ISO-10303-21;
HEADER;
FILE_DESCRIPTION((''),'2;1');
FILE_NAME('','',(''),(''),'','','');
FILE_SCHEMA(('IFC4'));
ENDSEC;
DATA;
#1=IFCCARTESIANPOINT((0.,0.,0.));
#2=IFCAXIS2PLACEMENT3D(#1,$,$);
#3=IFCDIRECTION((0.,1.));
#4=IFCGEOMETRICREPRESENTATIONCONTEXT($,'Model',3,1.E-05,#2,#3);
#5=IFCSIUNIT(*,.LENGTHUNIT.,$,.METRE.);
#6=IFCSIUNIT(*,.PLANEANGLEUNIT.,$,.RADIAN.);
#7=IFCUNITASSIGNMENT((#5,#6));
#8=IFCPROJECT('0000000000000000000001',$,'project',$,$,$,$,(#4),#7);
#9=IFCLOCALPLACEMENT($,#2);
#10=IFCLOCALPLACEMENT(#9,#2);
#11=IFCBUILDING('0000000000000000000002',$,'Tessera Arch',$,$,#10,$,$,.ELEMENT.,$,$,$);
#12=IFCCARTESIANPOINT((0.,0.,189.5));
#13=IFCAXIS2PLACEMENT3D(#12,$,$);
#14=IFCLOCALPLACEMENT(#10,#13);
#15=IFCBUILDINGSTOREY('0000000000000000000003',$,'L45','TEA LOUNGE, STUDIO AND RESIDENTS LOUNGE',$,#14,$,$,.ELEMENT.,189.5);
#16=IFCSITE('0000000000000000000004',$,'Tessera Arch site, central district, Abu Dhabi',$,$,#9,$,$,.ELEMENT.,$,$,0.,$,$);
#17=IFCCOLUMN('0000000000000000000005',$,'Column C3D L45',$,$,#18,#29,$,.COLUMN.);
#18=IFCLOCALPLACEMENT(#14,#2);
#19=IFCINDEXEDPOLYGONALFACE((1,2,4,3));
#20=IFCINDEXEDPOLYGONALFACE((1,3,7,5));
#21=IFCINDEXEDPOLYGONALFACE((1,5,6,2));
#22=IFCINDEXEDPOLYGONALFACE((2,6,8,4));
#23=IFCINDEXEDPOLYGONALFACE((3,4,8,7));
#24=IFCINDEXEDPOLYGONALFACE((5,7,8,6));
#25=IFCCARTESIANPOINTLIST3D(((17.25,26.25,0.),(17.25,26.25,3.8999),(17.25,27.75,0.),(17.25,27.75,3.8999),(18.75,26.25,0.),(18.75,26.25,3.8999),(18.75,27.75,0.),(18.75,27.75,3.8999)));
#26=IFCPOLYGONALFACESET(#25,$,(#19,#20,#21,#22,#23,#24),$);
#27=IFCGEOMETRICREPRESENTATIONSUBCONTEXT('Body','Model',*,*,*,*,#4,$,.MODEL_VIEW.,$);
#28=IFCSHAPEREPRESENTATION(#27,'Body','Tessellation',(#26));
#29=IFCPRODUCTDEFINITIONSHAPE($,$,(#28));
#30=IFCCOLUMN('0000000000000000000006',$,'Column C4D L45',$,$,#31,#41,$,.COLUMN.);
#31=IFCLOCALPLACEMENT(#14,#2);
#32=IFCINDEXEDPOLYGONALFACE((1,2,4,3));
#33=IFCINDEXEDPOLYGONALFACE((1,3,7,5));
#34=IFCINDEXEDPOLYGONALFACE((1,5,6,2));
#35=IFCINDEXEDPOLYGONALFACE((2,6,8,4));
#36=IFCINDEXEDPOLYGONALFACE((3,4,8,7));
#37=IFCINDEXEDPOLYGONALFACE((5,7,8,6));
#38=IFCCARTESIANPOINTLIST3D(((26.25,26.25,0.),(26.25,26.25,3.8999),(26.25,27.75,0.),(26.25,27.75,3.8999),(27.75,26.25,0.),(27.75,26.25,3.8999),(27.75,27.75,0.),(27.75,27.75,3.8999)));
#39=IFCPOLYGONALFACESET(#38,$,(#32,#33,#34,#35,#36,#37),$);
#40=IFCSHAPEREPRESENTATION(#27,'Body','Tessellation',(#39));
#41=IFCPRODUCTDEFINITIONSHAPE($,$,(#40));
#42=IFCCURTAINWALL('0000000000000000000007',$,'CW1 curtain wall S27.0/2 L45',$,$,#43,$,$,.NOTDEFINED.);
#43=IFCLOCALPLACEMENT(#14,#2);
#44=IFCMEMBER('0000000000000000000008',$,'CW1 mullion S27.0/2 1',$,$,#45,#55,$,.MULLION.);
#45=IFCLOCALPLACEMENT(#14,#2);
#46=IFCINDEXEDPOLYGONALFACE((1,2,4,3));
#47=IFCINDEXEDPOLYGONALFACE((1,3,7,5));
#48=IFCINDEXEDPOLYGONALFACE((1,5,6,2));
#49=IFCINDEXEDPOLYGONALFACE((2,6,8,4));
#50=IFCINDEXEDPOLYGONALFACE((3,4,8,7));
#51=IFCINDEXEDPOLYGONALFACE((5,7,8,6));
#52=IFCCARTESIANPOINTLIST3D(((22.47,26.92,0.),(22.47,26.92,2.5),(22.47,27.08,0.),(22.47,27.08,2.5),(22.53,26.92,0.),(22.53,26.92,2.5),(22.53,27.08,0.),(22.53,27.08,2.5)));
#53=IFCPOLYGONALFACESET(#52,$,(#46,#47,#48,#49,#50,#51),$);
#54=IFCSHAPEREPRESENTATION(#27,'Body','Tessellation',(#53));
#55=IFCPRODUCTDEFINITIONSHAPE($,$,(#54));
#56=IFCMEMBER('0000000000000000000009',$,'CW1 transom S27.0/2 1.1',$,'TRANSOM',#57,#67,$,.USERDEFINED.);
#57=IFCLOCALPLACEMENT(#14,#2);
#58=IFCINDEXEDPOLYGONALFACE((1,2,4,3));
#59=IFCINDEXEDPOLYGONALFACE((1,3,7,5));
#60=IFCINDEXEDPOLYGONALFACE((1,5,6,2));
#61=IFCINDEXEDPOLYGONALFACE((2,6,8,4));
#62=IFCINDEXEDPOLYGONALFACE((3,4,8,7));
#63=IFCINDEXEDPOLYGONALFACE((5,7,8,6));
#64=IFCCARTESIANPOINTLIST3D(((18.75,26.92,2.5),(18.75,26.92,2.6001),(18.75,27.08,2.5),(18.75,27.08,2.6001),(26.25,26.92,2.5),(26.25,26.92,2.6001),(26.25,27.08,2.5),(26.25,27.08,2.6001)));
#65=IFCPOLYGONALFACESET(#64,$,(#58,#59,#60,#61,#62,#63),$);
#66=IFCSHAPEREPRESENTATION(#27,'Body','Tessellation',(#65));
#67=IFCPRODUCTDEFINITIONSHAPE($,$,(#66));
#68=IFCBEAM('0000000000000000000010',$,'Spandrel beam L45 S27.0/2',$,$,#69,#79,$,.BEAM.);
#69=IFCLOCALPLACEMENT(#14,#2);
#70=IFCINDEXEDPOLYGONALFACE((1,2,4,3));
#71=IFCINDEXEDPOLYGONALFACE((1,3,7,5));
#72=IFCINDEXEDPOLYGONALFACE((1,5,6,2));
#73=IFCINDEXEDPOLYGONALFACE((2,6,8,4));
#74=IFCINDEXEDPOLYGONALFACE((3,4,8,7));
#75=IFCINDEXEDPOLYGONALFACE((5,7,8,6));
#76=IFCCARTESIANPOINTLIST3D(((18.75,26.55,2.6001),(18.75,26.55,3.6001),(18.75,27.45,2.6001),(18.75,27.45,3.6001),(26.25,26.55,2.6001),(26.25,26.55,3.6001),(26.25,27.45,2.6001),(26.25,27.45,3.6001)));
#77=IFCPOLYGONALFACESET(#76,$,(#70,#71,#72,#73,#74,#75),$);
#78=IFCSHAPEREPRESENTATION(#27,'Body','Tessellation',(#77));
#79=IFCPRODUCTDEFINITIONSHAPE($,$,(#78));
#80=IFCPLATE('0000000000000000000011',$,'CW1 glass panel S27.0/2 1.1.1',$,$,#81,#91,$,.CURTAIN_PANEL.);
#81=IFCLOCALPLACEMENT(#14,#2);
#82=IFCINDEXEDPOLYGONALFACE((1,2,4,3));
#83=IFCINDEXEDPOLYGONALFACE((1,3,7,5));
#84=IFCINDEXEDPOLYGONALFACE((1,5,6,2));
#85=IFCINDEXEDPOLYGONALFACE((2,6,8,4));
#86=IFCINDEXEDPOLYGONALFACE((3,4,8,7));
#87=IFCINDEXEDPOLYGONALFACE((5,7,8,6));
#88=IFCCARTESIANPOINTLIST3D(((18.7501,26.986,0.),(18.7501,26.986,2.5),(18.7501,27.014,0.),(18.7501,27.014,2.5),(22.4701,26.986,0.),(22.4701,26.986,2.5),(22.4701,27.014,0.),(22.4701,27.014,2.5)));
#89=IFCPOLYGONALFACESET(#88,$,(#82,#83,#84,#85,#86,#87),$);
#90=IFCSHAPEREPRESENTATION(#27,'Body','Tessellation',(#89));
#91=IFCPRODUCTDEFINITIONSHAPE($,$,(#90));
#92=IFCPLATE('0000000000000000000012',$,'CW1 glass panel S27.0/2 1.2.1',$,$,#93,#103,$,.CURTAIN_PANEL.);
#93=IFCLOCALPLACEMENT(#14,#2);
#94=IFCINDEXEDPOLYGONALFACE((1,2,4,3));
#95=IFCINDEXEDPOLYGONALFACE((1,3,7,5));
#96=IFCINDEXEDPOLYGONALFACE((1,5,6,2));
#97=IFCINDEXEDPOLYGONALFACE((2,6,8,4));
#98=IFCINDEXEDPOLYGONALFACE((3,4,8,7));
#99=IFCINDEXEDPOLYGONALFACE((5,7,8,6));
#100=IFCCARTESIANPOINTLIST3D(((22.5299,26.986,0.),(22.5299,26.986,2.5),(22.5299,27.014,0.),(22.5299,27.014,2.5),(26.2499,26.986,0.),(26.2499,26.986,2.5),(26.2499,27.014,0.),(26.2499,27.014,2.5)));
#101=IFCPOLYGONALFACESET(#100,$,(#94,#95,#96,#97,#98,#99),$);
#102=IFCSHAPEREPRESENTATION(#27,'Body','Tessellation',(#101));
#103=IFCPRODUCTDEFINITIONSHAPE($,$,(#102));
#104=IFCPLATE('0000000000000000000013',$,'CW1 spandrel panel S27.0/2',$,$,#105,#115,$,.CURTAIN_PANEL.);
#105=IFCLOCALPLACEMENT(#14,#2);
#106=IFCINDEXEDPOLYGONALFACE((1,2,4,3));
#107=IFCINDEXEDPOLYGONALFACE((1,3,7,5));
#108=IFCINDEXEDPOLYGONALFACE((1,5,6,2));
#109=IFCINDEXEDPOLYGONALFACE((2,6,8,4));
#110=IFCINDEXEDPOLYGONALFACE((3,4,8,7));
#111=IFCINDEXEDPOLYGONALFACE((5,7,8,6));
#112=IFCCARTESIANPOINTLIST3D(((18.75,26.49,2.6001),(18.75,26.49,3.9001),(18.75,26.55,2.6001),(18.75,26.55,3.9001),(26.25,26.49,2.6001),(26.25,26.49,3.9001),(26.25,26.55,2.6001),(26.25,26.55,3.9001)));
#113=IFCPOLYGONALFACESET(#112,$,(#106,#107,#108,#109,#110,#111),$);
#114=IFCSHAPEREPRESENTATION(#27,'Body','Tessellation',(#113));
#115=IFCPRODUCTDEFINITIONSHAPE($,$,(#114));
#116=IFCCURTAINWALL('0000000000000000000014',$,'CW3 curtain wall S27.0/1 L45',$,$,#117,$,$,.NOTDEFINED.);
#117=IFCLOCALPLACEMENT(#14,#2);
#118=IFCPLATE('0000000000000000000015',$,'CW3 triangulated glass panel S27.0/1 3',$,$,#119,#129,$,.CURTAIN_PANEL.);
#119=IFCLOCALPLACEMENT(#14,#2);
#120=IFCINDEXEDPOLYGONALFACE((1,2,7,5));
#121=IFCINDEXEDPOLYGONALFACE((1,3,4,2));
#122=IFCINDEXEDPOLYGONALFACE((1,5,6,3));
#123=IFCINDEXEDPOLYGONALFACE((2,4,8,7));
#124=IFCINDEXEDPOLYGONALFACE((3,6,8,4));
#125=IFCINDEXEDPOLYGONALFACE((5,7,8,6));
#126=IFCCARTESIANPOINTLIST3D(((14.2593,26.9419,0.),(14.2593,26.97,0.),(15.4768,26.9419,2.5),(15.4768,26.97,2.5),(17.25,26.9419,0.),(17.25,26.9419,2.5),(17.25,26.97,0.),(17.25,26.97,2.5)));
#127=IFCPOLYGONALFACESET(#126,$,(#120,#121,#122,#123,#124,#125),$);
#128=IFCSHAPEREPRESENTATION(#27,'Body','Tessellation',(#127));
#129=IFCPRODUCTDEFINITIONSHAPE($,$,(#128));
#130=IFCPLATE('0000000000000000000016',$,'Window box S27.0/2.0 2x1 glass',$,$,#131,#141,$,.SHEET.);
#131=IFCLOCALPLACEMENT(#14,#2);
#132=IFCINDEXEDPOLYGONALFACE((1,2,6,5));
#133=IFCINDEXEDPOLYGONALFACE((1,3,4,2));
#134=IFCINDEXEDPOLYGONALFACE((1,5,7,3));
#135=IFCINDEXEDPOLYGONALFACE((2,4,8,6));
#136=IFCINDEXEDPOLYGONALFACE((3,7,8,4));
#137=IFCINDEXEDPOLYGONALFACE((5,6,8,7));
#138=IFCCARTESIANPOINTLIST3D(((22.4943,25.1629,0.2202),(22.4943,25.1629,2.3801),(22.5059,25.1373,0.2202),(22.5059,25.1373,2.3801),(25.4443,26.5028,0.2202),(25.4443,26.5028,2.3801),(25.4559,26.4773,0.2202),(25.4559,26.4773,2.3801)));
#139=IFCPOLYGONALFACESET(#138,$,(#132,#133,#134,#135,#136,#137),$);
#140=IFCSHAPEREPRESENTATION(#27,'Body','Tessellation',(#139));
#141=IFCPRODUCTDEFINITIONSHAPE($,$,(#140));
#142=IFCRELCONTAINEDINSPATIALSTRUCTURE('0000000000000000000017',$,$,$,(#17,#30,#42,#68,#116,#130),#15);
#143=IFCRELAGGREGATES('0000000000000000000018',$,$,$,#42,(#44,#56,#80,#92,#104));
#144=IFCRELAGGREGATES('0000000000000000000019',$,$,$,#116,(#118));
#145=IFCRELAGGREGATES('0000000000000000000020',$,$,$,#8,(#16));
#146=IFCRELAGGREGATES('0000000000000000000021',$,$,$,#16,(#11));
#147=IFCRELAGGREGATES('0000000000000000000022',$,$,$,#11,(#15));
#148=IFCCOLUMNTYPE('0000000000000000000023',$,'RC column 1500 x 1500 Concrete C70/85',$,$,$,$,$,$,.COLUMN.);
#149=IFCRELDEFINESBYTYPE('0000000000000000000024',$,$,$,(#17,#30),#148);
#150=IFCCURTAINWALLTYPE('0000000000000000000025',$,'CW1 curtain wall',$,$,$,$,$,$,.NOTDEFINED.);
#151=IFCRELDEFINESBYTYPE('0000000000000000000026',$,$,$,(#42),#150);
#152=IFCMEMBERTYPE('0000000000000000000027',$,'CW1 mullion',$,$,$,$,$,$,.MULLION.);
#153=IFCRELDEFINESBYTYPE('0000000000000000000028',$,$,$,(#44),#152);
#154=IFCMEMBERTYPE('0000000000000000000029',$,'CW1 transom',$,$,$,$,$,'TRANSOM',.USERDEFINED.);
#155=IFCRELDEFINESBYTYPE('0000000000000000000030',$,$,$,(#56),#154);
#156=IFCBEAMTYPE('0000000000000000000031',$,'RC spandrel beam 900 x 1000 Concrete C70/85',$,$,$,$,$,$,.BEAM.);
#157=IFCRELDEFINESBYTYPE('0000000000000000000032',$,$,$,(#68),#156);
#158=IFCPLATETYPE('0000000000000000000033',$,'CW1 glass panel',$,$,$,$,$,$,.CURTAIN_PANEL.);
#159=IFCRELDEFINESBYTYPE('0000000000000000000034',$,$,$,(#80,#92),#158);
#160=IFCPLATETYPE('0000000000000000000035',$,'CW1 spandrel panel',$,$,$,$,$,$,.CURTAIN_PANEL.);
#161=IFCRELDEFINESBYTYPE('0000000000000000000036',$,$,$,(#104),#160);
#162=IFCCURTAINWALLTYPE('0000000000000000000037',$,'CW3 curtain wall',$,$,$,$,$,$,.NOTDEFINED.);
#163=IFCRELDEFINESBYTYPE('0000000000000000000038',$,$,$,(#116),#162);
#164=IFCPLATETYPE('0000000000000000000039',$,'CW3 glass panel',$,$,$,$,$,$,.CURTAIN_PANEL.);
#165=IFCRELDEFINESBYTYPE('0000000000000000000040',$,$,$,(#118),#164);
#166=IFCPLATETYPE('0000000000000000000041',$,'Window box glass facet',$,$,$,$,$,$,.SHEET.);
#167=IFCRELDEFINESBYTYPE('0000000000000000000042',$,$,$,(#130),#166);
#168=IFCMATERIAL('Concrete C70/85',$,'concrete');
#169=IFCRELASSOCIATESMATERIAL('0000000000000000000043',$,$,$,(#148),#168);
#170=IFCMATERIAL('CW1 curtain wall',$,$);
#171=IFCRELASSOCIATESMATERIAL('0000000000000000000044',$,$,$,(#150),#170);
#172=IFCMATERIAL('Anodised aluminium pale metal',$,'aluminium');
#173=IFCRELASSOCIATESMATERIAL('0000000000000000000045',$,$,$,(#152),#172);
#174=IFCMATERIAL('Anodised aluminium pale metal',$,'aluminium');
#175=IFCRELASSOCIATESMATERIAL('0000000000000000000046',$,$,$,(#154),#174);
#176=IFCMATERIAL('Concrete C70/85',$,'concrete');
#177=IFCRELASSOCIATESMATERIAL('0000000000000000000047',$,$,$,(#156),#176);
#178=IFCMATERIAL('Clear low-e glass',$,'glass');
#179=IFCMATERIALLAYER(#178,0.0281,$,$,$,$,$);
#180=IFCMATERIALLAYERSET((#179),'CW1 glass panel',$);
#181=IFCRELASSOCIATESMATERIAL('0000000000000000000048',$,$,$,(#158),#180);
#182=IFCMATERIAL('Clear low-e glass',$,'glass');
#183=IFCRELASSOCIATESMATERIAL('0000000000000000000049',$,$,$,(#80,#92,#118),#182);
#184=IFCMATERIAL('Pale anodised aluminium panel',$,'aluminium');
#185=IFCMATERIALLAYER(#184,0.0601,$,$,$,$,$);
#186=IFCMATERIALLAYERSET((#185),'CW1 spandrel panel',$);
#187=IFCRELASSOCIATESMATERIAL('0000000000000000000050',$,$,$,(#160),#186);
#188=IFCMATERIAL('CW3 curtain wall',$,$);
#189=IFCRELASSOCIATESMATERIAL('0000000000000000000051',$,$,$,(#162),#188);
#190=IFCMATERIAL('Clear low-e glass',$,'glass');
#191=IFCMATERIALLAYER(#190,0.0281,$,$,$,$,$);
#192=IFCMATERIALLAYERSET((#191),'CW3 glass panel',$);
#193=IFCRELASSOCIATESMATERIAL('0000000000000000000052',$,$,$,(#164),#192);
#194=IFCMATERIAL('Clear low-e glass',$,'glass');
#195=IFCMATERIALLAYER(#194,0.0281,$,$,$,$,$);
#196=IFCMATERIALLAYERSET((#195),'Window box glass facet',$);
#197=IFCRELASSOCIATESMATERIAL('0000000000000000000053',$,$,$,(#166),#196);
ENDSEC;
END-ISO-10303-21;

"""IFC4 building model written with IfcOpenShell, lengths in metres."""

from ifc_helpers import new_model, si_unit, direction, frame, origin, origin_2d, place, context, subcontext, project, spatial, polyline, rectangle, outline, extrude, material, layer, layer_set, material_profile, profile_set, type_object, element, aggregate, save


model = new_model("IFC4")

# Units and contexts
model_context = context("Model", 3, precision=1e-05, world=origin(), true_north=direction((0.0, 1.0)))
body_context = subcontext(model_context, "Body", "Model", "MODEL_VIEW")
ifc_project = project(units=[si_unit("LENGTHUNIT", "METRE"), si_unit("PLANEANGLEUNIT", "RADIAN")], contexts=[model_context])

# Site, building, storey
site_placement = place(None, origin())
site = spatial("IfcSite", under=ifc_project, at=site_placement, Name="Tessera Arch site, central district, Abu Dhabi", CompositionType="ELEMENT", RefElevation=0.0)
building_placement = place(site_placement, origin())
building = spatial("IfcBuilding", under=site, at=building_placement, Name="Tessera Arch", CompositionType="ELEMENT")
storey_placement = place(building_placement, frame((0.0, 0.0, 189.5)))
storey = spatial("IfcBuildingStorey", under=building, at=storey_placement, Name="L45", Description="TEA LOUNGE, STUDIO AND RESIDENTS LOUNGE", CompositionType="ELEMENT", Elevation=189.5)

# Columns
ifc_material_1 = material(Name="Concrete C70/85", Category="concrete")
ifc_material_profile_1 = material_profile(ifc_material_1, rectangle(XDim=1.5, YDim=1.5, at=origin_2d()), Name="RC column 1500 x 1500 Concrete C70/85")
ifc_profile_set_1 = profile_set([ifc_material_profile_1], Name="Concrete C70/85")
column_type = type_object("IfcColumnType", Name="RC column 1500 x 1500 Concrete C70/85", PredefinedType="COLUMN", material=ifc_profile_set_1)
for number, where, z_axis, x_axis, name in (
    (1, (18.0, 27.0, 0.0), (0.0, 0.0, 1.0), (1.0, 0.0, 0.0), "Column C3D L45"),
    (2, (27.0, 27.0, 0.0), (0.0, 0.0, 1.0), (1.0, 0.0, 0.0), "Column C4D L45"),
):
    element("IfcColumn", number, at=place(storey_placement, frame(where, z_axis=z_axis, x_axis=x_axis)), inside=storey, type_object=column_type, Name=name, PredefinedType="COLUMN", context=body_context, shape_type="SweptSolid", body=[
        extrude(rectangle(XDim=1.5, YDim=1.5, at=origin_2d()), origin(), (0.0, 0.0, 1.0), 3.8999),
    ])

# Curtain wall, members
ifc_material_2 = material(Name="CW1 curtain wall")
curtain_wall_type_1 = type_object("IfcCurtainWallType", Name="CW1 curtain wall", PredefinedType="NOTDEFINED", material=ifc_material_2)
curtain_wall_1_placement = place(storey_placement, origin())
curtain_wall_1 = element("IfcCurtainWall", 3, at=curtain_wall_1_placement, inside=storey, type_object=curtain_wall_type_1, Name="CW1 curtain wall S27.0/2 L45", PredefinedType="NOTDEFINED")
ifc_material_3 = material(Name="Anodised aluminium pale metal", Category="aluminium")
ifc_material_profile_2 = material_profile(ifc_material_3, rectangle(XDim=0.1599, YDim=0.0601, at=origin_2d()), Name="AL 60x160")
ifc_profile_set_2 = profile_set([ifc_material_profile_2], Name="Anodised aluminium pale metal")
member_type_1 = type_object("IfcMemberType", Name="CW1 mullion", PredefinedType="MULLION", material=ifc_profile_set_2)
member_1_placement = place(storey_placement, frame((22.5, 27.0, 0.0), z_axis=(0.0, 0.0, 1.0), x_axis=(0.0, 1.0, 0.0)))
member_1 = element("IfcMember", 4, at=member_1_placement, type_object=member_type_1, Name="CW1 mullion S27.0/2 1", PredefinedType="MULLION", context=body_context, shape_type="SweptSolid", body=[
    extrude(rectangle(XDim=0.1599, YDim=0.0601, at=origin_2d()), origin(), (0.0, 0.0, 1.0), 2.5),
])
ifc_material_4 = material(Name="Anodised aluminium pale metal", Category="aluminium")
ifc_material_profile_3 = material_profile(ifc_material_4, rectangle(XDim=0.1599, YDim=0.1001, at=origin_2d()), Name="AL 160x100")
ifc_profile_set_3 = profile_set([ifc_material_profile_3], Name="Anodised aluminium pale metal")
member_type_2 = type_object("IfcMemberType", Name="CW1 transom", ElementType="TRANSOM", PredefinedType="USERDEFINED", material=ifc_profile_set_3)
member_2_placement = place(storey_placement, frame((18.75, 27.0, 2.55), z_axis=(1.0, 0.0, 0.0), x_axis=(0.0, 1.0, 0.0)))
member_2 = element("IfcMember", 5, at=member_2_placement, type_object=member_type_2, Name="CW1 transom S27.0/2 1.1", ObjectType="TRANSOM", PredefinedType="USERDEFINED", context=body_context, shape_type="SweptSolid", body=[
    extrude(rectangle(XDim=0.1599, YDim=0.1001, at=origin_2d()), origin(), (0.0, 0.0, 1.0), 7.5),
])

# Beam
ifc_material_5 = material(Name="Concrete C70/85", Category="concrete")
ifc_material_profile_4 = material_profile(ifc_material_5, rectangle(XDim=0.8999, YDim=1.0, at=origin_2d()), Name="RC spandrel beam 900 x 1000 Concrete C70/85")
ifc_profile_set_4 = profile_set([ifc_material_profile_4], Name="Concrete C70/85")
beam_type = type_object("IfcBeamType", Name="RC spandrel beam 900 x 1000 Concrete C70/85", PredefinedType="BEAM", material=ifc_profile_set_4)
beam_placement = place(storey_placement, frame((18.75, 27.0, 3.1001), z_axis=(1.0, 0.0, 0.0), x_axis=(0.0, 1.0, 0.0)))
element("IfcBeam", 6, at=beam_placement, inside=storey, type_object=beam_type, Name="Spandrel beam L45 S27.0/2", PredefinedType="BEAM", context=body_context, shape_type="SweptSolid", body=[
    extrude(rectangle(XDim=0.8999, YDim=1.0, at=origin_2d()), origin(), (0.0, 0.0, 1.0), 7.5),
])

# Plates
ifc_material_6 = material(Name="Clear low-e glass", Category="glass")
ifc_material_7 = material(Name="Clear low-e glass", Category="glass")
ifc_layer_1 = layer(ifc_material_7, 0.0281)
ifc_layer_set_1 = layer_set([ifc_layer_1], Name="CW1 glass panel")
plate_type_1 = type_object("IfcPlateType", Name="CW1 glass panel", PredefinedType="CURTAIN_PANEL", material=ifc_layer_set_1)
plate_1_placement = place(storey_placement, frame((20.6101, 27.0, 0.0), z_axis=(0.0, 0.0, 1.0), x_axis=(1.0, 0.0, 0.0)))
plate_1 = element("IfcPlate", 7, at=plate_1_placement, type_object=plate_type_1, material=ifc_material_6, Name="CW1 glass panel S27.0/2 1.1.1", PredefinedType="CURTAIN_PANEL", context=body_context, shape_type="SweptSolid", body=[
    extrude(rectangle(XDim=3.72, YDim=0.0281, at=origin_2d()), origin(), (0.0, 0.0, 1.0), 2.5),
])
plate_2_placement = place(storey_placement, frame((24.3899, 27.0, 0.0), z_axis=(0.0, 0.0, 1.0), x_axis=(1.0, 0.0, 0.0)))
plate_2 = element("IfcPlate", 8, at=plate_2_placement, type_object=plate_type_1, material=ifc_material_6, Name="CW1 glass panel S27.0/2 1.2.1", PredefinedType="CURTAIN_PANEL", context=body_context, shape_type="SweptSolid", body=[
    extrude(rectangle(XDim=3.72, YDim=0.0281, at=origin_2d()), origin(), (0.0, 0.0, 1.0), 2.5),
])
ifc_material_8 = material(Name="Pale anodised aluminium panel", Category="aluminium")
ifc_layer_2 = layer(ifc_material_8, 0.0601)
ifc_layer_set_2 = layer_set([ifc_layer_2], Name="CW1 spandrel panel")
plate_type_2 = type_object("IfcPlateType", Name="CW1 spandrel panel", PredefinedType="CURTAIN_PANEL", material=ifc_layer_set_2)
plate_3_placement = place(storey_placement, frame((22.5, 26.52, 2.6001), z_axis=(0.0, 0.0, 1.0), x_axis=(1.0, 0.0, 0.0)))
plate_3 = element("IfcPlate", 9, at=plate_3_placement, type_object=plate_type_2, Name="CW1 spandrel panel S27.0/2", PredefinedType="CURTAIN_PANEL", context=body_context, shape_type="SweptSolid", body=[
    extrude(rectangle(XDim=7.5, YDim=0.0601, at=origin_2d()), origin(), (0.0, 0.0, 1.0), 1.3),
])
aggregate(curtain_wall_1, [member_1, member_2, plate_1, plate_2, plate_3])

# Curtain wall, plate
ifc_material_9 = material(Name="CW3 curtain wall")
curtain_wall_type_2 = type_object("IfcCurtainWallType", Name="CW3 curtain wall", PredefinedType="NOTDEFINED", material=ifc_material_9)
curtain_wall_2_placement = place(storey_placement, origin())
curtain_wall_2 = element("IfcCurtainWall", 10, at=curtain_wall_2_placement, inside=storey, type_object=curtain_wall_type_2, Name="CW3 curtain wall S27.0/1 L45", PredefinedType="NOTDEFINED")
ifc_material_10 = material(Name="Clear low-e glass", Category="glass")
ifc_layer_3 = layer(ifc_material_10, 0.0281)
ifc_layer_set_3 = layer_set([ifc_layer_3], Name="CW3 glass panel")
plate_type_3 = type_object("IfcPlateType", Name="CW3 glass panel", PredefinedType="CURTAIN_PANEL", material=ifc_layer_set_3)
plate_4_placement = place(storey_placement, frame((17.25, 26.9419, 2.5), z_axis=(0.0, -1.0, 0.0), x_axis=(-1.0, 0.0, 0.0)))
plate_4 = element("IfcPlate", 11, at=plate_4_placement, type_object=plate_type_3, material=ifc_material_6, Name="CW3 triangulated glass panel S27.0/1 3", PredefinedType="CURTAIN_PANEL", context=body_context, shape_type="SweptSolid", body=[
    extrude(outline(polyline([(0.0, 0.0), (1.7732, 0.0), (2.9907, 2.5), (0.0, 2.5), (0.0, 0.0)])), origin(), (0.0, 0.0, -1.0), 0.0281),
])
aggregate(curtain_wall_2, [plate_4])

# Plate
ifc_material_11 = material(Name="Clear low-e glass", Category="glass")
ifc_layer_4 = layer(ifc_material_11, 0.0281)
ifc_layer_set_4 = layer_set([ifc_layer_4], Name="Window box glass facet")
plate_type_4 = type_object("IfcPlateType", Name="Window box glass facet", PredefinedType="SHEET", material=ifc_layer_set_4)
plate_5_placement = place(storey_placement, frame((23.9751, 25.8201, 0.2202), z_axis=(0.0, 0.0, 1.0), x_axis=(-0.910472, -0.41357, 0.0)))
element("IfcPlate", 12, at=plate_5_placement, inside=storey, type_object=plate_type_4, Name="Window box S27.0/2.0 2x1 glass", PredefinedType="SHEET", context=body_context, shape_type="SweptSolid", body=[
    extrude(rectangle(XDim=3.24, YDim=0.0281, at=origin_2d()), origin(), (0.0, 0.0, 1.0), 2.1599),
])

save(model, "model.ifc")
